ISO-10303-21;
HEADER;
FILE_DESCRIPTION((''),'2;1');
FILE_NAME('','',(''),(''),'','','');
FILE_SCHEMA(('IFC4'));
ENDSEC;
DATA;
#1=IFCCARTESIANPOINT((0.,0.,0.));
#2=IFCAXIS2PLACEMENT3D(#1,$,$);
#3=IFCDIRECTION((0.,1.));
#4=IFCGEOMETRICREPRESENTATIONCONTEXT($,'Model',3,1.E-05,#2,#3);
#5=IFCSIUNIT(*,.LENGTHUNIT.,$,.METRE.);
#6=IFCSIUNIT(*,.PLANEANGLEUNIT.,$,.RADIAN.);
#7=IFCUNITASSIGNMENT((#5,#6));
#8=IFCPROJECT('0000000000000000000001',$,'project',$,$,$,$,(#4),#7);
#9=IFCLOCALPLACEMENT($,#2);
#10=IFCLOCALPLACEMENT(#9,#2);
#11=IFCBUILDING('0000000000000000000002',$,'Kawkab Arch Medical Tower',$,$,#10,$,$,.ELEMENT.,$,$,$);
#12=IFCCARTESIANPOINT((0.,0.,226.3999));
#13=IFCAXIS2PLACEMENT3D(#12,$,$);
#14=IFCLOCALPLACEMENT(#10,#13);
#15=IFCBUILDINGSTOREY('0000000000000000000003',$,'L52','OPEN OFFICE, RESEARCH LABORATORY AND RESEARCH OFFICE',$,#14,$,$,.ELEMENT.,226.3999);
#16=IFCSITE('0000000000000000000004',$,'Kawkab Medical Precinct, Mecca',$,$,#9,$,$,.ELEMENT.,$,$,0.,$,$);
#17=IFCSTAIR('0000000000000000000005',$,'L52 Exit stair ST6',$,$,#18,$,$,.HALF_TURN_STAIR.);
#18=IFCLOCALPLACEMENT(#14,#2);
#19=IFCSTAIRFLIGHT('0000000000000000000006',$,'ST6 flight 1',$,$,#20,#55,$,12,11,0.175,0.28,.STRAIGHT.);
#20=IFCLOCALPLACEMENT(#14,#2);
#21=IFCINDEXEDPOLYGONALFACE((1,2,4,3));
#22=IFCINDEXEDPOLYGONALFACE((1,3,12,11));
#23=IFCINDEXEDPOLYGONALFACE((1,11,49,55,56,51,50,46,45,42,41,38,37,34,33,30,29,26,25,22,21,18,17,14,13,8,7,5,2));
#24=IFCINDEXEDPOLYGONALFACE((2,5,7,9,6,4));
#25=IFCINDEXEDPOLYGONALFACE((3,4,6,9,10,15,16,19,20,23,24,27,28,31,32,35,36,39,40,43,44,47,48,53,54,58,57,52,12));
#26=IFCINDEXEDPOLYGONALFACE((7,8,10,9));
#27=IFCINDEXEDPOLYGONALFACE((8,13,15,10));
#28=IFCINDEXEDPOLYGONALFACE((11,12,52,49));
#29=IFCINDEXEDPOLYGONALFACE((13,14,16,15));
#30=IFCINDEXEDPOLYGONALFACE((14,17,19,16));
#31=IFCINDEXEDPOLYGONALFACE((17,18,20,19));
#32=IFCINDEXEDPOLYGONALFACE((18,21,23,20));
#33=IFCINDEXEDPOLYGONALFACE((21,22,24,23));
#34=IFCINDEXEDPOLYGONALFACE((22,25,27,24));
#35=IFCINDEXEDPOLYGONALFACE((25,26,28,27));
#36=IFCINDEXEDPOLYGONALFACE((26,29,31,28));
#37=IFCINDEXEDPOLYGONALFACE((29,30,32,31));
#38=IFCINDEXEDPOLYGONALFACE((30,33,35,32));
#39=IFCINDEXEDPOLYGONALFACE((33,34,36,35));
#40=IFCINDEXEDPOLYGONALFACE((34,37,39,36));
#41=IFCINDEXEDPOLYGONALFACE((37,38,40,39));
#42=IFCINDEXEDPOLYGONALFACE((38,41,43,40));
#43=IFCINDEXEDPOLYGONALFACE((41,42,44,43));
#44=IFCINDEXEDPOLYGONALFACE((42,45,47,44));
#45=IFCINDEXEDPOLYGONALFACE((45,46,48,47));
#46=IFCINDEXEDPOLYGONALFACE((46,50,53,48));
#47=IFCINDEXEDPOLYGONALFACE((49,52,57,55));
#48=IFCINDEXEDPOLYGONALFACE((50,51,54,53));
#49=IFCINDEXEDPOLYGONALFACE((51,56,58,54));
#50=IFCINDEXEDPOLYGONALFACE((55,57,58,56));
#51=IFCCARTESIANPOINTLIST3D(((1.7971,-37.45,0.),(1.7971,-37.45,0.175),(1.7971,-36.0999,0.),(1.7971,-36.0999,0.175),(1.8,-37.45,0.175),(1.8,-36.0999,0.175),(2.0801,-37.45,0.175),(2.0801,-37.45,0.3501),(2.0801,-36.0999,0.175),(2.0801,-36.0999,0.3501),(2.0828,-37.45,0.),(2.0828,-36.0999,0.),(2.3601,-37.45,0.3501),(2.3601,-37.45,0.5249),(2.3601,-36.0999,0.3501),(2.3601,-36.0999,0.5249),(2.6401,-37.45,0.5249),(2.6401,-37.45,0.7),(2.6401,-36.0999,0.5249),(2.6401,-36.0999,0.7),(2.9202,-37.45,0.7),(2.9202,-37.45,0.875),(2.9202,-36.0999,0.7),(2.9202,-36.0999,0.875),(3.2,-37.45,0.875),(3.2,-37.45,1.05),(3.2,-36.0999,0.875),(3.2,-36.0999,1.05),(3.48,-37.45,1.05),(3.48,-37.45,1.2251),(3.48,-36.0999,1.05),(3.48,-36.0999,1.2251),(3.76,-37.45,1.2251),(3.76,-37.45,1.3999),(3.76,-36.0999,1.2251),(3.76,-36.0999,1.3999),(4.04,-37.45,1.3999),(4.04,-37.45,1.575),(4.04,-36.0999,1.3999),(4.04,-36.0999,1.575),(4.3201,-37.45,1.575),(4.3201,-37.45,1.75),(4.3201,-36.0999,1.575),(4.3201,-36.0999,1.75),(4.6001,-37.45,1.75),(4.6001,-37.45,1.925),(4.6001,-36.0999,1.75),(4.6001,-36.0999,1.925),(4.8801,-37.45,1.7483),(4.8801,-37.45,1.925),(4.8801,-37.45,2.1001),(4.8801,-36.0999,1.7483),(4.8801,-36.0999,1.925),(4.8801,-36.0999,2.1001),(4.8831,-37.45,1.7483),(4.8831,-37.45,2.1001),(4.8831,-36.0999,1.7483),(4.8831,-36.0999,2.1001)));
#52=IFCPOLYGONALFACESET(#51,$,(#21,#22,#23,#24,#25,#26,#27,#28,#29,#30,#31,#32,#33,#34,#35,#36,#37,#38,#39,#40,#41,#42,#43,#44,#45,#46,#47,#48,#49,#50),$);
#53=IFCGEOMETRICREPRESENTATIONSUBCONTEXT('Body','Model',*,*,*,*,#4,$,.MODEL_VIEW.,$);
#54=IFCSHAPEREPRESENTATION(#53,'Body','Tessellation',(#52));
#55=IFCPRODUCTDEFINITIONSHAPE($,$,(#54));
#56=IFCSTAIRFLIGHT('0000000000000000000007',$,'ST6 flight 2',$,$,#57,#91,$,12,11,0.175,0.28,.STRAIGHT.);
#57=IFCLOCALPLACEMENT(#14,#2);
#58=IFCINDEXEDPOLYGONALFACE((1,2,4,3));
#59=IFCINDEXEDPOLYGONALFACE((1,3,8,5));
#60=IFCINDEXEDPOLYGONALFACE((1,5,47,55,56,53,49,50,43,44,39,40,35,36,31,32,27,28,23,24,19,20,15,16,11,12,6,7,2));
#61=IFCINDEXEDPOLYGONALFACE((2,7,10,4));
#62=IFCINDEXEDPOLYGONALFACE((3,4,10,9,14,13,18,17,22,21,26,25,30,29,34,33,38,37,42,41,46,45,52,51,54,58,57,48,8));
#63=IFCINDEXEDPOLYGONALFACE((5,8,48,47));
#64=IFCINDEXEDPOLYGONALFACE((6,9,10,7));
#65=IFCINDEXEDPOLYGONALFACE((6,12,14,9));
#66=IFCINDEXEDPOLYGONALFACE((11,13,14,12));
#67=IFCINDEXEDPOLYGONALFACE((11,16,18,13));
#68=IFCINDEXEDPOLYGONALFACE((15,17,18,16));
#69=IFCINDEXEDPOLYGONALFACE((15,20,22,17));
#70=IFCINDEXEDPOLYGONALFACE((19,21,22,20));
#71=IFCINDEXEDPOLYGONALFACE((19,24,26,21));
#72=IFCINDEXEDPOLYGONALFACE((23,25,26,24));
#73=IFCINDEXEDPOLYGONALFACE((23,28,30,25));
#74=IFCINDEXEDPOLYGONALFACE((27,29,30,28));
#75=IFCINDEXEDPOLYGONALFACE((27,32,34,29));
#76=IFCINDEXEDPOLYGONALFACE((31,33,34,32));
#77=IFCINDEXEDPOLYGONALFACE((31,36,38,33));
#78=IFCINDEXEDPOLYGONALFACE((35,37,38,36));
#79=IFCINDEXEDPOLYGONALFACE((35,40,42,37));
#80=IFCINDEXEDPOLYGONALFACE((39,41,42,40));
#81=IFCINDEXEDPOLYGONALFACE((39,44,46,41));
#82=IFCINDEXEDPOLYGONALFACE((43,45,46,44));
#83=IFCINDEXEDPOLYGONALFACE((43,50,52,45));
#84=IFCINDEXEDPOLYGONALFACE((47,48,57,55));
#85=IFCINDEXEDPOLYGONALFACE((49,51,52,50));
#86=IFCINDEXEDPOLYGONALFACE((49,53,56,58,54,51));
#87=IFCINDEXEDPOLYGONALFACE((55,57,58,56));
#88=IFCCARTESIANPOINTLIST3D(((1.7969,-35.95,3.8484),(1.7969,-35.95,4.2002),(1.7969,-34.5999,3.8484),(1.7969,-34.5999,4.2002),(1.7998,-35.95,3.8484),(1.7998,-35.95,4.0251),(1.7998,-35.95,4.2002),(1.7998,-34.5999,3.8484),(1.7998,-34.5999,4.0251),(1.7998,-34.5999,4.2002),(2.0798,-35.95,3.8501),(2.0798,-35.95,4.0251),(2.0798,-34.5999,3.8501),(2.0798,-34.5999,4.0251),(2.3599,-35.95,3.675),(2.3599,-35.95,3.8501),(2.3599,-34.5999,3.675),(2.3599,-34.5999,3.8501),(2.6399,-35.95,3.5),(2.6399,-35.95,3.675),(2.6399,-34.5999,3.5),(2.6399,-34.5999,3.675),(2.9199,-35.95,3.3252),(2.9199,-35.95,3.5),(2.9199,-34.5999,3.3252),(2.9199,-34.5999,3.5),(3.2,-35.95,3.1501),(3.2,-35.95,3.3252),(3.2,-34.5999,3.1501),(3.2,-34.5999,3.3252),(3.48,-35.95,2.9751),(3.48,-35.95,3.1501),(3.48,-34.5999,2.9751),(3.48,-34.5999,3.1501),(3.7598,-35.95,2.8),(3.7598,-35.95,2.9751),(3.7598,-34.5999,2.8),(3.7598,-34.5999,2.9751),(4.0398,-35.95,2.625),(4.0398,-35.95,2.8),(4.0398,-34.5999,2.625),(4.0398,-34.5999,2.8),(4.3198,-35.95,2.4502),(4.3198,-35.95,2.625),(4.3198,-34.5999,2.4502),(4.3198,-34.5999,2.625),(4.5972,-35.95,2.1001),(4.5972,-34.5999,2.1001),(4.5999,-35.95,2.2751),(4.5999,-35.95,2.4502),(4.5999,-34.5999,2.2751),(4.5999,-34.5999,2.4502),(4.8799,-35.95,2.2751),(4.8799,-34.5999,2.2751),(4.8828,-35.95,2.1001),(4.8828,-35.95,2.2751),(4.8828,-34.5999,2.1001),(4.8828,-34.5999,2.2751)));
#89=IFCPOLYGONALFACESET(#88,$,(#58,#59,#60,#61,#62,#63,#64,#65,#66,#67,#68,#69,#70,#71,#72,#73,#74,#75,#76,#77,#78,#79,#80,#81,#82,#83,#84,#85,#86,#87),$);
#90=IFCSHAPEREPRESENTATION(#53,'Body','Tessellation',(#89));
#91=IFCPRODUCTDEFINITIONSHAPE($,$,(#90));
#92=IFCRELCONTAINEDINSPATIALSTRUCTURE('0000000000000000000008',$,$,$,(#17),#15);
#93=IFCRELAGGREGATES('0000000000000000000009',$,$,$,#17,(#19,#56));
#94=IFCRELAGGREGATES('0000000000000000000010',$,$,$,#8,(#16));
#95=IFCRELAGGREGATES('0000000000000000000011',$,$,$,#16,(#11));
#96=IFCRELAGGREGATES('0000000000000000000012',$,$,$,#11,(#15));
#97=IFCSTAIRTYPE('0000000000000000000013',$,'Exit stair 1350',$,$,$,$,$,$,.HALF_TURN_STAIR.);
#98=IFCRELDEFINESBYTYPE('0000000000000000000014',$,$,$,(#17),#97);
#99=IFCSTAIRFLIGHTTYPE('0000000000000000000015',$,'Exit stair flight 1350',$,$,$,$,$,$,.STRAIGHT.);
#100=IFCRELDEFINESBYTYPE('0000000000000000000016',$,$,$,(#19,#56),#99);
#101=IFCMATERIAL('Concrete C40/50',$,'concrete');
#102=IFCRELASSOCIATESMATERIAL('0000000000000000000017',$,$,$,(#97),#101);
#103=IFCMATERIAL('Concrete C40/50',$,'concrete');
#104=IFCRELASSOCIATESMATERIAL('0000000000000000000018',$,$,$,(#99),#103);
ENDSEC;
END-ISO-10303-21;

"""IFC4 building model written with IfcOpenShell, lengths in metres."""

from ifc_helpers import new_model, si_unit, direction, frame, origin, place, context, subcontext, project, spatial, polyline, outline, extrude, material, type_object, element, aggregate, save


model = new_model("IFC4")

# Units and contexts
model_context = context("Model", 3, precision=1e-05, world=origin(), true_north=direction((0.0, 1.0)))
body_context = subcontext(model_context, "Body", "Model", "MODEL_VIEW")
ifc_project = project(units=[si_unit("LENGTHUNIT", "METRE"), si_unit("PLANEANGLEUNIT", "RADIAN")], contexts=[model_context])

# Site, building, storey
site_placement = place(None, origin())
site = spatial("IfcSite", under=ifc_project, at=site_placement, Name="Kawkab Medical Precinct, Mecca", CompositionType="ELEMENT", RefElevation=0.0)
building_placement = place(site_placement, origin())
building = spatial("IfcBuilding", under=site, at=building_placement, Name="Kawkab Arch Medical Tower", CompositionType="ELEMENT")
storey_placement = place(building_placement, frame((0.0, 0.0, 226.3999)))
storey = spatial("IfcBuildingStorey", under=building, at=storey_placement, Name="L52", Description="OPEN OFFICE, RESEARCH LABORATORY AND RESEARCH OFFICE", CompositionType="ELEMENT", Elevation=226.3999)

# Shared definitions
ifc_material_1 = material(Name="Concrete C40/50", Category="concrete")
stair_type = type_object("IfcStairType", Name="Exit stair 1350", PredefinedType="HALF_TURN_STAIR", material=ifc_material_1)
placement = place(storey_placement, origin())
ifc_material_2 = material(Name="Concrete C40/50", Category="concrete")
stair_flight_type = type_object("IfcStairFlightType", Name="Exit stair flight 1350", PredefinedType="STRAIGHT", material=ifc_material_2)

# Stair, stair flights
stair_1 = element("IfcStair", 1, at=placement, inside=storey, type_object=stair_type, Name="L52 Exit stair ST6", PredefinedType="HALF_TURN_STAIR")
stair_flight_1_placement = place(storey_placement, frame((1.8, -36.7749, 0.0), z_axis=(0.0, 0.0, 1.0), x_axis=(1.0, 0.0, 0.0)))
stair_flight_1 = element("IfcStairFlight", 2, at=stair_flight_1_placement, type_object=stair_flight_type, Name="ST6 flight 1", NumberOfRisers=12, NumberOfTreads=11, PredefinedType="STRAIGHT", RiserHeight=0.175, TreadLength=0.28, context=body_context, shape_type="SweptSolid", body=[
    extrude(outline(polyline([(-0.0029, 0.0), (-0.0029, 0.175), (0.0, 0.175), (0.28, 0.175), (0.28, 0.3501), (0.5601, 0.3501), (0.5601, 0.5249), (0.8401, 0.5249), (0.8401, 0.7), (1.1201, 0.7), (1.1201, 0.875), (1.3999, 0.875), (1.3999, 1.05), (1.6799, 1.05), (1.6799, 1.2251), (1.96, 1.2251), (1.96, 1.3999), (2.24, 1.3999), (2.24, 1.575), (2.52, 1.575), (2.52, 1.75), (2.8, 1.75), (2.8, 1.925), (3.0801, 1.925), (3.0801, 2.1001), (3.083, 2.1001), (3.083, 1.7483), (3.0801, 1.7483), (0.2827, 0.0), (-0.0029, 0.0)])), frame((0.0, 0.675, 0.0), z_axis=(0.0, -1.0, 0.0), x_axis=(1.0, 0.0, 0.0)), (0.0, 0.0, 1.0), 1.3501),
])
stair_flight_2_placement = place(storey_placement, frame((4.8799, -35.2749, 2.1001), z_axis=(0.0, 0.0, 1.0), x_axis=(-1.0, 0.0, 0.0)))
stair_flight_2 = element("IfcStairFlight", 3, at=stair_flight_2_placement, type_object=stair_flight_type, Name="ST6 flight 2", NumberOfRisers=12, NumberOfTreads=11, PredefinedType="STRAIGHT", RiserHeight=0.175, TreadLength=0.28, context=body_context, shape_type="SweptSolid", body=[
    extrude(outline(polyline([(-0.0029, 0.0), (-0.0029, 0.175), (0.0, 0.175), (0.28, 0.175), (0.28, 0.3501), (0.5601, 0.3501), (0.5601, 0.5249), (0.8401, 0.5249), (0.8401, 0.7), (1.1201, 0.7), (1.1201, 0.875), (1.3999, 0.875), (1.3999, 1.05), (1.6799, 1.05), (1.6799, 1.2251), (1.96, 1.2251), (1.96, 1.3999), (2.24, 1.3999), (2.24, 1.575), (2.52, 1.575), (2.52, 1.75), (2.8, 1.75), (2.8, 1.925), (3.0801, 1.925), (3.0801, 2.1001), (3.083, 2.1001), (3.083, 1.7483), (3.0801, 1.7483), (0.2827, 0.0), (-0.0029, 0.0)])), frame((0.0, 0.675, 0.0), z_axis=(0.0, -1.0, 0.0), x_axis=(1.0, 0.0, 0.0)), (0.0, 0.0, 1.0), 1.3501),
])
aggregate(stair_1, [stair_flight_1, stair_flight_2])

save(model, "model.ifc")
